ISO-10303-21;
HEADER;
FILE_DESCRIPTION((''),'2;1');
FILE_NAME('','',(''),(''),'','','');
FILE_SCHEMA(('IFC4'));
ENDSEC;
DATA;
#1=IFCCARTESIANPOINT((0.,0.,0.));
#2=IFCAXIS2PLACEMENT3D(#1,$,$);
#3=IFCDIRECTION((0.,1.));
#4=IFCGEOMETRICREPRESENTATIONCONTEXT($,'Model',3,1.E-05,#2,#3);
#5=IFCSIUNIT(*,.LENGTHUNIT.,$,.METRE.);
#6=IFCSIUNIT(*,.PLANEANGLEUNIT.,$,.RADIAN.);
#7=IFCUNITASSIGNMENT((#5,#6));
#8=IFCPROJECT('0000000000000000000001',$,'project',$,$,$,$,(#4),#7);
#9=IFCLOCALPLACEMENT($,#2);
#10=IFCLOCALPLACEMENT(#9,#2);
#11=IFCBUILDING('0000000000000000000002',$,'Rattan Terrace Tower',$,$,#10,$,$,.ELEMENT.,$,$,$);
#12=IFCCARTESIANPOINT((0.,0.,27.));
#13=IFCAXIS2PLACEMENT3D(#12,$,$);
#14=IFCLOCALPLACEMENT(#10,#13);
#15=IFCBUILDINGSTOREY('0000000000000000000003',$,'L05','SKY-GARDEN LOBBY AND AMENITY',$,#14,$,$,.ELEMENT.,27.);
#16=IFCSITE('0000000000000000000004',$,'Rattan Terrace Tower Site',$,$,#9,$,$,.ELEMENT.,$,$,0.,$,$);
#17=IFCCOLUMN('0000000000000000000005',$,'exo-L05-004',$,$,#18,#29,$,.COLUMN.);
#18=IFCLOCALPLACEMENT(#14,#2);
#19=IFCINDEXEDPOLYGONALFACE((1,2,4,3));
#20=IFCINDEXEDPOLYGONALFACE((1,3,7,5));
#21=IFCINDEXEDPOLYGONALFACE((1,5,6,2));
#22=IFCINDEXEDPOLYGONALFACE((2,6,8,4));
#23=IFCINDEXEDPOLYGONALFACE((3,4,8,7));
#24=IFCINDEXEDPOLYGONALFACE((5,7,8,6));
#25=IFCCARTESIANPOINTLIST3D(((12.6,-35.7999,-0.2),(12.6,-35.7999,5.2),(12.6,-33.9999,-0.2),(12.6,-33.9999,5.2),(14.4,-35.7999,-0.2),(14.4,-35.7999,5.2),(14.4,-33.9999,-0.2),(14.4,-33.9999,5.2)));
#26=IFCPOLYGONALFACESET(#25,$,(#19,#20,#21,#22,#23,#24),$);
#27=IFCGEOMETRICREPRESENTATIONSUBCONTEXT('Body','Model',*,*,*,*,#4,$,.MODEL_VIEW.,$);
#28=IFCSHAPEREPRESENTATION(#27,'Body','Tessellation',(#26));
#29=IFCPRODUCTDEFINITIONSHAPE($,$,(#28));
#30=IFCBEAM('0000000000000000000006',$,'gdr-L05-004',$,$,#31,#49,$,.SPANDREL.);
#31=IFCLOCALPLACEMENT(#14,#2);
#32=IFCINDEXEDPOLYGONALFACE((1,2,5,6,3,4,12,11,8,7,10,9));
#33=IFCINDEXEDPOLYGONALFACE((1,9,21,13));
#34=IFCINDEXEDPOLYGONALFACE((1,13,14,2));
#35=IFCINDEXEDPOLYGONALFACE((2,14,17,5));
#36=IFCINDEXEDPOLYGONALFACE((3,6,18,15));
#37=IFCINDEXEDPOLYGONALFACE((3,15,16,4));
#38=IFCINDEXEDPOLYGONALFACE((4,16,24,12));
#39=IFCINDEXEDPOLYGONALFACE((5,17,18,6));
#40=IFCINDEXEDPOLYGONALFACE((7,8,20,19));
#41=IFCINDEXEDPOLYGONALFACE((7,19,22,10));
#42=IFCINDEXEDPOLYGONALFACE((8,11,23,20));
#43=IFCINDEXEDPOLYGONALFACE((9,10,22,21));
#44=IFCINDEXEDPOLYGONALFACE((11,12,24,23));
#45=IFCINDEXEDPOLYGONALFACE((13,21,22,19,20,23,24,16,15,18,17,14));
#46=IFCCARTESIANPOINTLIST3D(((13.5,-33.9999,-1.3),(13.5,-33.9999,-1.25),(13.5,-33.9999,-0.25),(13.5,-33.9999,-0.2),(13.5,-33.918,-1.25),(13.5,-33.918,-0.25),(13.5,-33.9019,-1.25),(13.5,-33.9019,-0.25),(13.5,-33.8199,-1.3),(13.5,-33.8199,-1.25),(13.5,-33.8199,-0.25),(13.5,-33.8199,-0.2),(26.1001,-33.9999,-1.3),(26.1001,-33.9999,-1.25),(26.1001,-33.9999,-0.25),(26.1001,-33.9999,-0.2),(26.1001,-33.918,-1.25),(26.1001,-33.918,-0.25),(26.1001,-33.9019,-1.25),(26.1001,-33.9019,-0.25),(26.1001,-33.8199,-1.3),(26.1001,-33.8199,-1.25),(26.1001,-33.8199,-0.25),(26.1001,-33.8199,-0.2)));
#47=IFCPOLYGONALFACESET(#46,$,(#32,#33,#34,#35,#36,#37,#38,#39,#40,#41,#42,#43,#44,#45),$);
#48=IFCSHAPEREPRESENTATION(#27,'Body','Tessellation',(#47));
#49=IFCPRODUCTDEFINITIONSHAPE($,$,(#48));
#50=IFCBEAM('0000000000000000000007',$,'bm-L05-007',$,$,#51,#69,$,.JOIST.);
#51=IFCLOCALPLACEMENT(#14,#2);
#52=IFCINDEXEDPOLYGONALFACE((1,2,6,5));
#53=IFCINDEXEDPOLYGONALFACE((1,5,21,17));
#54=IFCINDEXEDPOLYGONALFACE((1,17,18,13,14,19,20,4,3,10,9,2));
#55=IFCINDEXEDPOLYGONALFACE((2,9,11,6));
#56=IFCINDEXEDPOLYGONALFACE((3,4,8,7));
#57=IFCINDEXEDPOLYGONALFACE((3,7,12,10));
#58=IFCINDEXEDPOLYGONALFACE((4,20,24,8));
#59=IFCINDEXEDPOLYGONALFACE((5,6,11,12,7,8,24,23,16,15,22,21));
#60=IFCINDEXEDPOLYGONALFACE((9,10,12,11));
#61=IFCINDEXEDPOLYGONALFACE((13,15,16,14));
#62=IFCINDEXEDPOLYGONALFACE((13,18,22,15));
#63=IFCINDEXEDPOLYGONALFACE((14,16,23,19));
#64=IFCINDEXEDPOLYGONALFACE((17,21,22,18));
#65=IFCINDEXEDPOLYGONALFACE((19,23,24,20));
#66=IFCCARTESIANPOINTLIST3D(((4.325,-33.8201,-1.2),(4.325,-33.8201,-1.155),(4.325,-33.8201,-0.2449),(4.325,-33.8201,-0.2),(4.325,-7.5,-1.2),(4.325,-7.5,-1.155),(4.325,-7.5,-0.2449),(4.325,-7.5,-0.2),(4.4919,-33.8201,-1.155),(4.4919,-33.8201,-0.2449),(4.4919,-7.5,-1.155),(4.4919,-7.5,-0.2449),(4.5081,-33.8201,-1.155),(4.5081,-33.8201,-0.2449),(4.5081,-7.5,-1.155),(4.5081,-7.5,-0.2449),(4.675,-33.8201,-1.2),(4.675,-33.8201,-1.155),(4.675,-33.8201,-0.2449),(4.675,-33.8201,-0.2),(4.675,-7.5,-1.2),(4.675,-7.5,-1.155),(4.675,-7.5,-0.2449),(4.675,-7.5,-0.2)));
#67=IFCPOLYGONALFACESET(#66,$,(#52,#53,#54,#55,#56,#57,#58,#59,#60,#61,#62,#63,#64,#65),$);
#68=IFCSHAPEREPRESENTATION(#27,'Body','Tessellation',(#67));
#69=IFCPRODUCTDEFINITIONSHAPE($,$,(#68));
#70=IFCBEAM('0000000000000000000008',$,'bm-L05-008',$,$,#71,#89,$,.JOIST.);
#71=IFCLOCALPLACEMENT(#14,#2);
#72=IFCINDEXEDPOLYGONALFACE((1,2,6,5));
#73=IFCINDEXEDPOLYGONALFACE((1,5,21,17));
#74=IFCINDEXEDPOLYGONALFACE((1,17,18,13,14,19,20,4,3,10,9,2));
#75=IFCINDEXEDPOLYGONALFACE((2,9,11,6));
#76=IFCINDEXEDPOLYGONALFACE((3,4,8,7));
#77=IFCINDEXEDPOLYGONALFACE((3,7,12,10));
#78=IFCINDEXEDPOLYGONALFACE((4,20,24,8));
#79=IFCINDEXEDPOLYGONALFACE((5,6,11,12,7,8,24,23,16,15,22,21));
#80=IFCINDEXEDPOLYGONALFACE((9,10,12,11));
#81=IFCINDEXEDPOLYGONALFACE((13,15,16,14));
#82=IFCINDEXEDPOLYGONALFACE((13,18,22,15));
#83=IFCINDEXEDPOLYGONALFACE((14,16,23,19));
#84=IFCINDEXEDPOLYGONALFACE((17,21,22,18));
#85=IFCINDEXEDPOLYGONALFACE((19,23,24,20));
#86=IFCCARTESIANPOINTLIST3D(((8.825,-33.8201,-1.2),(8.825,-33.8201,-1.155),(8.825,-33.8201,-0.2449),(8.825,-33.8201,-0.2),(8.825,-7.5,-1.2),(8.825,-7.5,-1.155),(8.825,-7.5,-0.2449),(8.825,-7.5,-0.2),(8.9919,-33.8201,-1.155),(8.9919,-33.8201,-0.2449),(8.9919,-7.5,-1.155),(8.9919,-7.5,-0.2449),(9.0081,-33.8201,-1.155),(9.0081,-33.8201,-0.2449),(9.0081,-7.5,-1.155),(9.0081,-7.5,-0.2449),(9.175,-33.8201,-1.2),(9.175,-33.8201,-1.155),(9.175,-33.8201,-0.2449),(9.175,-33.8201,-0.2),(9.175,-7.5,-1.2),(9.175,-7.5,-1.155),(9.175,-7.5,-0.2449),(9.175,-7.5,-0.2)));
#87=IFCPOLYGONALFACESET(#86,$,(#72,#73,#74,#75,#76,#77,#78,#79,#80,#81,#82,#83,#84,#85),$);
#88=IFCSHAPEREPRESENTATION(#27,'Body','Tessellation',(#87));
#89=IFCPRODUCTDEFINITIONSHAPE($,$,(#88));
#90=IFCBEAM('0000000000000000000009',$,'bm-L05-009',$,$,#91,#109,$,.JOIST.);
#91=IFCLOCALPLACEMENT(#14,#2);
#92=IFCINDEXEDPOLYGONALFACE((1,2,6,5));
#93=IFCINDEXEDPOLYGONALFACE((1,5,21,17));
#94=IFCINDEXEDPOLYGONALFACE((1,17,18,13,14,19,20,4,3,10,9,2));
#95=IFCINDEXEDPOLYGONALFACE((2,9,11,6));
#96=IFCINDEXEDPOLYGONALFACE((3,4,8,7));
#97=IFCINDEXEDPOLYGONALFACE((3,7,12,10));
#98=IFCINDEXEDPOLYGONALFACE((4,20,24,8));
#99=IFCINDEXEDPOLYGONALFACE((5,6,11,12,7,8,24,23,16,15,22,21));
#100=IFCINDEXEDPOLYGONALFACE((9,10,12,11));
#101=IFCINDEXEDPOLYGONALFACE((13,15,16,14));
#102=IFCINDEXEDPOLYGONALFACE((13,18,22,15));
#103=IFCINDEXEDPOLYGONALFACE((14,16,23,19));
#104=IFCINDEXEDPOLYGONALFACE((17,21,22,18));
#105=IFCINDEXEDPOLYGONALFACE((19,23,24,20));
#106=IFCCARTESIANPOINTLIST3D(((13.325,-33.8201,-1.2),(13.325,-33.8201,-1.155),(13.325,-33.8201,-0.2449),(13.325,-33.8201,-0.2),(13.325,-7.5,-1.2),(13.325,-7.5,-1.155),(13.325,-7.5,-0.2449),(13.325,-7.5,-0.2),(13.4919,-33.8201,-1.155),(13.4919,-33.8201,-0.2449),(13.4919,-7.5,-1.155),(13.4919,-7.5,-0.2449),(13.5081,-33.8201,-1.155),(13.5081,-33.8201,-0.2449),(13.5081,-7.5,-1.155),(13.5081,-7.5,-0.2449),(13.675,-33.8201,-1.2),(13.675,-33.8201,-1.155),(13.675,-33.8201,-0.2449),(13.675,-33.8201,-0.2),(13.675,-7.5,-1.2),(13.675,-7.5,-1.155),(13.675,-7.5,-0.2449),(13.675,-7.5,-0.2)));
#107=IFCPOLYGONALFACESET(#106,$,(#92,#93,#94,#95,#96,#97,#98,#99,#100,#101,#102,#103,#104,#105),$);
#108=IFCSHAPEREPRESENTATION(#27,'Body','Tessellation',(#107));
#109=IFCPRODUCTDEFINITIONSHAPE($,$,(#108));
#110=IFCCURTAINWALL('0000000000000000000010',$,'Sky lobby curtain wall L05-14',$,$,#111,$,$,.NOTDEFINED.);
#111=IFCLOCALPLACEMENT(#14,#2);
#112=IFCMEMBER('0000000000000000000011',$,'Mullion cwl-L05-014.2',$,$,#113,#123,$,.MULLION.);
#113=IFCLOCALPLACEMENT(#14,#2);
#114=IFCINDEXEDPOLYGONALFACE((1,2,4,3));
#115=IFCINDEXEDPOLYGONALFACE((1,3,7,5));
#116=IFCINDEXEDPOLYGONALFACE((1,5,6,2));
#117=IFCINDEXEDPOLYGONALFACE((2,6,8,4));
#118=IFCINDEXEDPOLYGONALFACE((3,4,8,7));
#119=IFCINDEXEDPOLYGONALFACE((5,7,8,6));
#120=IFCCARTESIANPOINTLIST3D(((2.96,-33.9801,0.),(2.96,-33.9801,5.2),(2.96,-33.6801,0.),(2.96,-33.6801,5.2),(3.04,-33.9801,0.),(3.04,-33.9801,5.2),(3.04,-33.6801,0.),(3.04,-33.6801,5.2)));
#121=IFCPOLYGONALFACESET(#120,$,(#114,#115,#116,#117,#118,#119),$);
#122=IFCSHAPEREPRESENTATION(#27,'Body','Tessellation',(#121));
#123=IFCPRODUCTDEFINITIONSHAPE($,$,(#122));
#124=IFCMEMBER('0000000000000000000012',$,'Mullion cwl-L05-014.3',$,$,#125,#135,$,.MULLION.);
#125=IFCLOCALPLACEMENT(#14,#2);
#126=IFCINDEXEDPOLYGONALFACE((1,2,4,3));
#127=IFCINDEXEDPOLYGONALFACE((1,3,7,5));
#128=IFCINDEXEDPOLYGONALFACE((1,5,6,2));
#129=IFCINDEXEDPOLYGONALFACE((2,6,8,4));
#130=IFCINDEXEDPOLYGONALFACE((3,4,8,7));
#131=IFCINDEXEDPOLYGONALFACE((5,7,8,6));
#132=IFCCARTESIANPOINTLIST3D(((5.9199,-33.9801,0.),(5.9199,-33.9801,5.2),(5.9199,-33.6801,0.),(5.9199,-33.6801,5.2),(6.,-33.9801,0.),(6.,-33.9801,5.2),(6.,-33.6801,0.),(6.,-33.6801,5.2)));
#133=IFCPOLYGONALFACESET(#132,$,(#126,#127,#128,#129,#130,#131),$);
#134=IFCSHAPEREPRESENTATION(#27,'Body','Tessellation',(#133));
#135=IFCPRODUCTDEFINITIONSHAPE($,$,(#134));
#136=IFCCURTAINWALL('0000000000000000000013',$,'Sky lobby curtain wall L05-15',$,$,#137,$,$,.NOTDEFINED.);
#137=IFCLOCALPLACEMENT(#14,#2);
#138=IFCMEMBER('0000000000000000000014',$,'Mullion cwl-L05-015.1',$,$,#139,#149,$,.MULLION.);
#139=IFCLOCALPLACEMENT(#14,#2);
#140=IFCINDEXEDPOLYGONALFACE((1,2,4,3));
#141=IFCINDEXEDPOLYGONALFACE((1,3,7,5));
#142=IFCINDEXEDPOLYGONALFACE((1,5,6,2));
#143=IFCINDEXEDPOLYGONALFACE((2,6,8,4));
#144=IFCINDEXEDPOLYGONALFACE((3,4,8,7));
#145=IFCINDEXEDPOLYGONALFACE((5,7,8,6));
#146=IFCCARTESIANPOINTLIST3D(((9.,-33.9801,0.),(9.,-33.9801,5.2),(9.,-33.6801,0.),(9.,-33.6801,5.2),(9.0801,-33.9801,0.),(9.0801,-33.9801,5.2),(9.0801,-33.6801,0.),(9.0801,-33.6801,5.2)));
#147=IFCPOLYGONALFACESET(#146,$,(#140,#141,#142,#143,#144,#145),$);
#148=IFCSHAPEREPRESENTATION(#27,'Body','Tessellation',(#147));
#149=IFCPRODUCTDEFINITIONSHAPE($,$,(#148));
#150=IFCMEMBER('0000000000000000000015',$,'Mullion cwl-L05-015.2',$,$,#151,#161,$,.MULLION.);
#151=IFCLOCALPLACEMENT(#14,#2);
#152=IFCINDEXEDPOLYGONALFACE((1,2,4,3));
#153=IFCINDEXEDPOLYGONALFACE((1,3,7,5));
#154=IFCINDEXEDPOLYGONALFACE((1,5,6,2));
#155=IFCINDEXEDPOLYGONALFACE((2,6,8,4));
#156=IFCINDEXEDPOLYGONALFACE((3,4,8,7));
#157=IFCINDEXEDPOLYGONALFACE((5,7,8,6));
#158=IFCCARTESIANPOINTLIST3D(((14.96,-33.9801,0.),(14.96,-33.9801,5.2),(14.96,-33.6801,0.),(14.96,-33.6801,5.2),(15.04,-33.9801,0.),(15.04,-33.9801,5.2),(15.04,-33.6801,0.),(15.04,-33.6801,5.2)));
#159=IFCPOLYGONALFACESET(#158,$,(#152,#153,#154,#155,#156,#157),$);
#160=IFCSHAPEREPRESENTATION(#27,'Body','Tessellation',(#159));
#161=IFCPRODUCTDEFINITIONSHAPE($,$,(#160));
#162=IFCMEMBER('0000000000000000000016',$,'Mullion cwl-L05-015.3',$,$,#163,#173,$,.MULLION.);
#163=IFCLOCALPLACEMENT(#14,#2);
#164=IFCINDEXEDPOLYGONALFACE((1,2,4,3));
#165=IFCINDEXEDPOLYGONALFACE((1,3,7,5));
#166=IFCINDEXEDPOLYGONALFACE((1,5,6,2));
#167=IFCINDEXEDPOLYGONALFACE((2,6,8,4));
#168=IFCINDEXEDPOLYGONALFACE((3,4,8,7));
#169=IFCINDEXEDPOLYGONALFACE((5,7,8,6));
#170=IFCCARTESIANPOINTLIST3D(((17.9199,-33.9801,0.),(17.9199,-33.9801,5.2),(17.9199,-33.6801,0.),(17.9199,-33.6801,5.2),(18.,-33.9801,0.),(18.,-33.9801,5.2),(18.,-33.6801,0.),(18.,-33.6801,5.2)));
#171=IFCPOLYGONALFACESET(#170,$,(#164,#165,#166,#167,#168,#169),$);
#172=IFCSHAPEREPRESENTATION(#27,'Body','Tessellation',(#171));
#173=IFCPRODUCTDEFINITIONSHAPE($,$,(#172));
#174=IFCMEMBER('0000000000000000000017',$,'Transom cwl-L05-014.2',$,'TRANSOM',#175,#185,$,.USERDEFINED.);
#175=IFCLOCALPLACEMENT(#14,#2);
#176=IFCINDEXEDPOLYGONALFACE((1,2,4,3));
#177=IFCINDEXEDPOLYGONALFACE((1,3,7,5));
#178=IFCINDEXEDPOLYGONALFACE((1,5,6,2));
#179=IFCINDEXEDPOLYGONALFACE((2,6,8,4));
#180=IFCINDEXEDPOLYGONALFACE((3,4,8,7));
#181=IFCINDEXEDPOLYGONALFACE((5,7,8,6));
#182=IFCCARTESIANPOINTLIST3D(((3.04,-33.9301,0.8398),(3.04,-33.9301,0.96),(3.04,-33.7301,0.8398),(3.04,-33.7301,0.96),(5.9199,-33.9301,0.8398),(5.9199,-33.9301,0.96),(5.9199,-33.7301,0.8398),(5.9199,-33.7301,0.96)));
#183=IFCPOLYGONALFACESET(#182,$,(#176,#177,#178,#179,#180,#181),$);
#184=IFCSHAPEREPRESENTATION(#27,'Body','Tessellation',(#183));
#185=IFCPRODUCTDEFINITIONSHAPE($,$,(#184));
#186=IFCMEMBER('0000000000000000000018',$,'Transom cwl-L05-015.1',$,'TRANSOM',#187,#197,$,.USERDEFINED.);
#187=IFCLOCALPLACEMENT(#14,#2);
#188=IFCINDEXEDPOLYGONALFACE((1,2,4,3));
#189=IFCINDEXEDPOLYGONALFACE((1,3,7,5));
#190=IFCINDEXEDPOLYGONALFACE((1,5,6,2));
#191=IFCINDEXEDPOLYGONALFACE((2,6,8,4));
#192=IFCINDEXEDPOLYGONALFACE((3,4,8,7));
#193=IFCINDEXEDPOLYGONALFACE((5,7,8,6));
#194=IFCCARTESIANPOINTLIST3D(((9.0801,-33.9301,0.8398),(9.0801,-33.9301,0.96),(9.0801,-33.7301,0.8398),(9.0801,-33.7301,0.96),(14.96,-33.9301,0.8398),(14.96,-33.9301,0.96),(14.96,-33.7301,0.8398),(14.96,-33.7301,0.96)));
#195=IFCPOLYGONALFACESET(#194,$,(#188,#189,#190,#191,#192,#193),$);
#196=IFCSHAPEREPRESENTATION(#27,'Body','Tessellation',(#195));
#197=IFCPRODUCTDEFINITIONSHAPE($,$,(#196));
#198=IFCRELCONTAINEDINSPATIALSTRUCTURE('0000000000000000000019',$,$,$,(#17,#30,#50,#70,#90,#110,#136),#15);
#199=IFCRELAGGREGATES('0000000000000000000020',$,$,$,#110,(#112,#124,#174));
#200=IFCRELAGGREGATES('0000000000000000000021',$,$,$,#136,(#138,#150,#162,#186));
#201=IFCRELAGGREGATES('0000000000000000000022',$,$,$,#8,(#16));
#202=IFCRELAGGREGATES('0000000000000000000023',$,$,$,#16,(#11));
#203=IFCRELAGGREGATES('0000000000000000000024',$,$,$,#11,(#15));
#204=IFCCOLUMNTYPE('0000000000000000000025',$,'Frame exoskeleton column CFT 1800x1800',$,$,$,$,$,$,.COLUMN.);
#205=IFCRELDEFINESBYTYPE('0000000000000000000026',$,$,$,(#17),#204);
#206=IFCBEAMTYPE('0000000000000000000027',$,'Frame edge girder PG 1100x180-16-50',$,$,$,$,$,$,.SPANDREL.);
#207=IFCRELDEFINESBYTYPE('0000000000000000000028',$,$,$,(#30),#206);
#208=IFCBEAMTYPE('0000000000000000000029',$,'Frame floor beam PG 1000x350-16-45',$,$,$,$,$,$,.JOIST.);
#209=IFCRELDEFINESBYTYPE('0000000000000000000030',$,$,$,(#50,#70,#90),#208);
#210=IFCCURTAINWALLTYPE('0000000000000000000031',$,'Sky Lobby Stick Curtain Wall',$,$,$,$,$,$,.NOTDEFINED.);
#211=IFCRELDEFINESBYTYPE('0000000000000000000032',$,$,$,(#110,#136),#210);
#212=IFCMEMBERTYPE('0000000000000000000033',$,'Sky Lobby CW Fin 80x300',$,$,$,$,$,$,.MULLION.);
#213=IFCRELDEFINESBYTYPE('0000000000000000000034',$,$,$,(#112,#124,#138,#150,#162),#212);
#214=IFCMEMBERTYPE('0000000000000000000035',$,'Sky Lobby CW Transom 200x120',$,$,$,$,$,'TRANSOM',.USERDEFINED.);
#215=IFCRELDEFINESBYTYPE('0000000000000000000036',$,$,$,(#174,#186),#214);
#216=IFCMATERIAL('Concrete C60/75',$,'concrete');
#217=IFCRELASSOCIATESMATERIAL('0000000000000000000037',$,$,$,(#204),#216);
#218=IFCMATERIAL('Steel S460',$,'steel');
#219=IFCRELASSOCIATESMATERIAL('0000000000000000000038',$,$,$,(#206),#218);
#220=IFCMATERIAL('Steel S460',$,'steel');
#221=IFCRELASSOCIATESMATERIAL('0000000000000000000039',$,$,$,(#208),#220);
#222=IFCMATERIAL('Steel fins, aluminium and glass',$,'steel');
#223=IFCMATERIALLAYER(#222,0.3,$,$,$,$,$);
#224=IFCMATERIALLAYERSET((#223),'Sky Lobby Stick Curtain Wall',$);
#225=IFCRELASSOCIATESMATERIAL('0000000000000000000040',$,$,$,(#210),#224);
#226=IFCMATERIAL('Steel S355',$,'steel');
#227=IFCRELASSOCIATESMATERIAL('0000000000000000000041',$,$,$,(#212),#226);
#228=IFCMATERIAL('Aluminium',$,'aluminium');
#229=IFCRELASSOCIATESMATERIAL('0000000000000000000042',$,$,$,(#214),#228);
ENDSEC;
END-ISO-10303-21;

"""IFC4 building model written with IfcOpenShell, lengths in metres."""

from ifc_helpers import new_model, si_unit, direction, frame, origin, origin_2d, place, context, subcontext, project, spatial, rectangle, i_section, extrude, material, layer, layer_set, material_profile, profile_set, type_object, element, aggregate, save


model = new_model("IFC4")

# Units and contexts
model_context = context("Model", 3, precision=1e-05, world=origin(), true_north=direction((0.0, 1.0)))
body_context = subcontext(model_context, "Body", "Model", "MODEL_VIEW")
ifc_project = project(units=[si_unit("LENGTHUNIT", "METRE"), si_unit("PLANEANGLEUNIT", "RADIAN")], contexts=[model_context])

# Site, building, storey
site_placement = place(None, origin())
site = spatial("IfcSite", under=ifc_project, at=site_placement, Name="Rattan Terrace Tower Site", CompositionType="ELEMENT", RefElevation=0.0)
building_placement = place(site_placement, origin())
building = spatial("IfcBuilding", under=site, at=building_placement, Name="Rattan Terrace Tower", CompositionType="ELEMENT")
storey_placement = place(building_placement, frame((0.0, 0.0, 27.0)))
storey = spatial("IfcBuildingStorey", under=building, at=storey_placement, Name="L05", Description="SKY-GARDEN LOBBY AND AMENITY", CompositionType="ELEMENT", Elevation=27.0)

# Column
ifc_material_1 = material(Name="Concrete C60/75", Category="concrete")
ifc_material_profile_1 = material_profile(ifc_material_1, rectangle(XDim=1.8, YDim=1.8, at=origin_2d()), Name="CFT 1800x1800")
ifc_profile_set_1 = profile_set([ifc_material_profile_1], Name="Concrete C60/75")
column_type = type_object("IfcColumnType", Name="Frame exoskeleton column CFT 1800x1800", PredefinedType="COLUMN", material=ifc_profile_set_1)
column_placement = place(storey_placement, frame((13.5, -34.8999, -0.2), z_axis=(0.0, 0.0, 1.0), x_axis=(1.0, 0.0, 0.0)))
element("IfcColumn", 1, at=column_placement, inside=storey, type_object=column_type, Name="exo-L05-004", PredefinedType="COLUMN", context=body_context, shape_type="SweptSolid", body=[
    extrude(rectangle(XDim=1.8, YDim=1.8, at=origin_2d()), origin(), (0.0, 0.0, 1.0), 5.3999),
])

# Beams
ifc_material_2 = material(Name="Steel S460", Category="steel")
ifc_material_profile_2 = material_profile(ifc_material_2, i_section(OverallWidth=0.1799, OverallDepth=1.1001, WebThickness=0.0161, FlangeThickness=0.05, at=origin_2d()), Name="PG 1100x180-16-50")
ifc_profile_set_2 = profile_set([ifc_material_profile_2], Name="Steel S460")
beam_type_1 = type_object("IfcBeamType", Name="Frame edge girder PG 1100x180-16-50", PredefinedType="SPANDREL", material=ifc_profile_set_2)
beam_placement = place(storey_placement, frame((13.5, -33.9099, -0.75), z_axis=(1.0, 0.0, 0.0), x_axis=(0.0, 1.0, 0.0)))
element("IfcBeam", 2, at=beam_placement, inside=storey, type_object=beam_type_1, Name="gdr-L05-004", PredefinedType="SPANDREL", context=body_context, shape_type="SweptSolid", body=[
    extrude(i_section(OverallWidth=0.1799, OverallDepth=1.1001, WebThickness=0.0161, FlangeThickness=0.05, at=origin_2d()), origin(), (0.0, 0.0, 1.0), 12.6001),
])
ifc_material_3 = material(Name="Steel S460", Category="steel")
ifc_material_profile_3 = material_profile(ifc_material_3, i_section(OverallWidth=0.3501, OverallDepth=1.0, WebThickness=0.0161, FlangeThickness=0.0449, at=origin_2d()), Name="PG 1000x350-16-45")
ifc_profile_set_3 = profile_set([ifc_material_profile_3], Name="Steel S460")
beam_type_2 = type_object("IfcBeamType", Name="Frame floor beam PG 1000x350-16-45", PredefinedType="JOIST", material=ifc_profile_set_3)
for number, where, z_axis, x_axis, name in (
    (3, (4.5, -33.8201, -0.7), (0.0, 1.0, 0.0), (-1.0, 0.0, 0.0), "bm-L05-007"),
    (4, (9.0, -33.8201, -0.7), (0.0, 1.0, 0.0), (-1.0, 0.0, 0.0), "bm-L05-008"),
    (5, (13.5, -33.8201, -0.7), (0.0, 1.0, 0.0), (-1.0, 0.0, 0.0), "bm-L05-009"),
):
    element("IfcBeam", number, at=place(storey_placement, frame(where, z_axis=z_axis, x_axis=x_axis)), inside=storey, type_object=beam_type_2, Name=name, PredefinedType="JOIST", context=body_context, shape_type="SweptSolid", body=[
        extrude(i_section(OverallWidth=0.3501, OverallDepth=1.0, WebThickness=0.0161, FlangeThickness=0.0449, at=origin_2d()), origin(), (0.0, 0.0, 1.0), 26.3201),
    ])

# Curtain walls, members
ifc_material_4 = material(Name="Steel fins, aluminium and glass", Category="steel")
ifc_layer_1 = layer(ifc_material_4, 0.3)
ifc_layer_set_1 = layer_set([ifc_layer_1], Name="Sky Lobby Stick Curtain Wall")
curtain_wall_type = type_object("IfcCurtainWallType", Name="Sky Lobby Stick Curtain Wall", PredefinedType="NOTDEFINED", material=ifc_layer_set_1)
curtain_wall_1_placement = place(storey_placement, origin())
curtain_wall_1 = element("IfcCurtainWall", 6, at=curtain_wall_1_placement, inside=storey, type_object=curtain_wall_type, Name="Sky lobby curtain wall L05-14", PredefinedType="NOTDEFINED")
ifc_material_5 = material(Name="Steel S355", Category="steel")
ifc_material_profile_4 = material_profile(ifc_material_5, rectangle(XDim=0.0801, YDim=0.3, at=origin_2d()), Name="Steel S355 80x300")
ifc_profile_set_4 = profile_set([ifc_material_profile_4], Name="Steel S355")
member_type_1 = type_object("IfcMemberType", Name="Sky Lobby CW Fin 80x300", PredefinedType="MULLION", material=ifc_profile_set_4)
member_1_placement = place(storey_placement, frame((3.0, -33.8301, 0.0), z_axis=(0.0, 0.0, 1.0), x_axis=(1.0, 0.0, 0.0)))
member_1 = element("IfcMember", 7, at=member_1_placement, type_object=member_type_1, Name="Mullion cwl-L05-014.2", PredefinedType="MULLION", context=body_context, shape_type="SweptSolid", body=[
    extrude(rectangle(XDim=0.0801, YDim=0.3, at=origin_2d()), origin(), (0.0, 0.0, 1.0), 5.2),
])
member_2_placement = place(storey_placement, frame((5.96, -33.8301, 0.0), z_axis=(0.0, 0.0, 1.0), x_axis=(1.0, 0.0, 0.0)))
member_2 = element("IfcMember", 8, at=member_2_placement, type_object=member_type_1, Name="Mullion cwl-L05-014.3", PredefinedType="MULLION", context=body_context, shape_type="SweptSolid", body=[
    extrude(rectangle(XDim=0.0801, YDim=0.3, at=origin_2d()), origin(), (0.0, 0.0, 1.0), 5.2),
])
curtain_wall_2_placement = place(storey_placement, origin())
curtain_wall_2 = element("IfcCurtainWall", 9, at=curtain_wall_2_placement, inside=storey, type_object=curtain_wall_type, Name="Sky lobby curtain wall L05-15", PredefinedType="NOTDEFINED")
member_3_placement = place(storey_placement, frame((9.04, -33.8301, 0.0), z_axis=(0.0, 0.0, 1.0), x_axis=(1.0, 0.0, 0.0)))
member_3 = element("IfcMember", 10, at=member_3_placement, type_object=member_type_1, Name="Mullion cwl-L05-015.1", PredefinedType="MULLION", context=body_context, shape_type="SweptSolid", body=[
    extrude(rectangle(XDim=0.0801, YDim=0.3, at=origin_2d()), origin(), (0.0, 0.0, 1.0), 5.2),
])
member_4_placement = place(storey_placement, frame((15.0, -33.8301, 0.0), z_axis=(0.0, 0.0, 1.0), x_axis=(1.0, 0.0, 0.0)))
member_4 = element("IfcMember", 11, at=member_4_placement, type_object=member_type_1, Name="Mullion cwl-L05-015.2", PredefinedType="MULLION", context=body_context, shape_type="SweptSolid", body=[
    extrude(rectangle(XDim=0.0801, YDim=0.3, at=origin_2d()), origin(), (0.0, 0.0, 1.0), 5.2),
])
member_5_placement = place(storey_placement, frame((17.96, -33.8301, 0.0), z_axis=(0.0, 0.0, 1.0), x_axis=(1.0, 0.0, 0.0)))
member_5 = element("IfcMember", 12, at=member_5_placement, type_object=member_type_1, Name="Mullion cwl-L05-015.3", PredefinedType="MULLION", context=body_context, shape_type="SweptSolid", body=[
    extrude(rectangle(XDim=0.0801, YDim=0.3, at=origin_2d()), origin(), (0.0, 0.0, 1.0), 5.2),
])

# Members
ifc_material_6 = material(Name="Aluminium", Category="aluminium")
ifc_material_profile_5 = material_profile(ifc_material_6, rectangle(XDim=0.2, YDim=0.1201, at=origin_2d()), Name="Aluminium 200x120")
ifc_profile_set_5 = profile_set([ifc_material_profile_5], Name="Aluminium")
member_type_2 = type_object("IfcMemberType", Name="Sky Lobby CW Transom 200x120", ElementType="TRANSOM", PredefinedType="USERDEFINED", material=ifc_profile_set_5)
member_6_placement = place(storey_placement, frame((3.04, -33.8301, 0.8999), z_axis=(1.0, 0.0, 0.0), x_axis=(0.0, 1.0, 0.0)))
member_6 = element("IfcMember", 13, at=member_6_placement, type_object=member_type_2, Name="Transom cwl-L05-014.2", ObjectType="TRANSOM", PredefinedType="USERDEFINED", context=body_context, shape_type="SweptSolid", body=[
    extrude(rectangle(XDim=0.2, YDim=0.1201, at=origin_2d()), origin(), (0.0, 0.0, 1.0), 2.8799),
])
member_7_placement = place(storey_placement, frame((9.0801, -33.8301, 0.8999), z_axis=(1.0, 0.0, 0.0), x_axis=(0.0, 1.0, 0.0)))
member_7 = element("IfcMember", 14, at=member_7_placement, type_object=member_type_2, Name="Transom cwl-L05-015.1", ObjectType="TRANSOM", PredefinedType="USERDEFINED", context=body_context, shape_type="SweptSolid", body=[
    extrude(rectangle(XDim=0.2, YDim=0.1201, at=origin_2d()), origin(), (0.0, 0.0, 1.0), 5.8799),
])

aggregate(curtain_wall_1, [member_1, member_2, member_6])
aggregate(curtain_wall_2, [member_3, member_4, member_5, member_7])

save(model, "model.ifc")
